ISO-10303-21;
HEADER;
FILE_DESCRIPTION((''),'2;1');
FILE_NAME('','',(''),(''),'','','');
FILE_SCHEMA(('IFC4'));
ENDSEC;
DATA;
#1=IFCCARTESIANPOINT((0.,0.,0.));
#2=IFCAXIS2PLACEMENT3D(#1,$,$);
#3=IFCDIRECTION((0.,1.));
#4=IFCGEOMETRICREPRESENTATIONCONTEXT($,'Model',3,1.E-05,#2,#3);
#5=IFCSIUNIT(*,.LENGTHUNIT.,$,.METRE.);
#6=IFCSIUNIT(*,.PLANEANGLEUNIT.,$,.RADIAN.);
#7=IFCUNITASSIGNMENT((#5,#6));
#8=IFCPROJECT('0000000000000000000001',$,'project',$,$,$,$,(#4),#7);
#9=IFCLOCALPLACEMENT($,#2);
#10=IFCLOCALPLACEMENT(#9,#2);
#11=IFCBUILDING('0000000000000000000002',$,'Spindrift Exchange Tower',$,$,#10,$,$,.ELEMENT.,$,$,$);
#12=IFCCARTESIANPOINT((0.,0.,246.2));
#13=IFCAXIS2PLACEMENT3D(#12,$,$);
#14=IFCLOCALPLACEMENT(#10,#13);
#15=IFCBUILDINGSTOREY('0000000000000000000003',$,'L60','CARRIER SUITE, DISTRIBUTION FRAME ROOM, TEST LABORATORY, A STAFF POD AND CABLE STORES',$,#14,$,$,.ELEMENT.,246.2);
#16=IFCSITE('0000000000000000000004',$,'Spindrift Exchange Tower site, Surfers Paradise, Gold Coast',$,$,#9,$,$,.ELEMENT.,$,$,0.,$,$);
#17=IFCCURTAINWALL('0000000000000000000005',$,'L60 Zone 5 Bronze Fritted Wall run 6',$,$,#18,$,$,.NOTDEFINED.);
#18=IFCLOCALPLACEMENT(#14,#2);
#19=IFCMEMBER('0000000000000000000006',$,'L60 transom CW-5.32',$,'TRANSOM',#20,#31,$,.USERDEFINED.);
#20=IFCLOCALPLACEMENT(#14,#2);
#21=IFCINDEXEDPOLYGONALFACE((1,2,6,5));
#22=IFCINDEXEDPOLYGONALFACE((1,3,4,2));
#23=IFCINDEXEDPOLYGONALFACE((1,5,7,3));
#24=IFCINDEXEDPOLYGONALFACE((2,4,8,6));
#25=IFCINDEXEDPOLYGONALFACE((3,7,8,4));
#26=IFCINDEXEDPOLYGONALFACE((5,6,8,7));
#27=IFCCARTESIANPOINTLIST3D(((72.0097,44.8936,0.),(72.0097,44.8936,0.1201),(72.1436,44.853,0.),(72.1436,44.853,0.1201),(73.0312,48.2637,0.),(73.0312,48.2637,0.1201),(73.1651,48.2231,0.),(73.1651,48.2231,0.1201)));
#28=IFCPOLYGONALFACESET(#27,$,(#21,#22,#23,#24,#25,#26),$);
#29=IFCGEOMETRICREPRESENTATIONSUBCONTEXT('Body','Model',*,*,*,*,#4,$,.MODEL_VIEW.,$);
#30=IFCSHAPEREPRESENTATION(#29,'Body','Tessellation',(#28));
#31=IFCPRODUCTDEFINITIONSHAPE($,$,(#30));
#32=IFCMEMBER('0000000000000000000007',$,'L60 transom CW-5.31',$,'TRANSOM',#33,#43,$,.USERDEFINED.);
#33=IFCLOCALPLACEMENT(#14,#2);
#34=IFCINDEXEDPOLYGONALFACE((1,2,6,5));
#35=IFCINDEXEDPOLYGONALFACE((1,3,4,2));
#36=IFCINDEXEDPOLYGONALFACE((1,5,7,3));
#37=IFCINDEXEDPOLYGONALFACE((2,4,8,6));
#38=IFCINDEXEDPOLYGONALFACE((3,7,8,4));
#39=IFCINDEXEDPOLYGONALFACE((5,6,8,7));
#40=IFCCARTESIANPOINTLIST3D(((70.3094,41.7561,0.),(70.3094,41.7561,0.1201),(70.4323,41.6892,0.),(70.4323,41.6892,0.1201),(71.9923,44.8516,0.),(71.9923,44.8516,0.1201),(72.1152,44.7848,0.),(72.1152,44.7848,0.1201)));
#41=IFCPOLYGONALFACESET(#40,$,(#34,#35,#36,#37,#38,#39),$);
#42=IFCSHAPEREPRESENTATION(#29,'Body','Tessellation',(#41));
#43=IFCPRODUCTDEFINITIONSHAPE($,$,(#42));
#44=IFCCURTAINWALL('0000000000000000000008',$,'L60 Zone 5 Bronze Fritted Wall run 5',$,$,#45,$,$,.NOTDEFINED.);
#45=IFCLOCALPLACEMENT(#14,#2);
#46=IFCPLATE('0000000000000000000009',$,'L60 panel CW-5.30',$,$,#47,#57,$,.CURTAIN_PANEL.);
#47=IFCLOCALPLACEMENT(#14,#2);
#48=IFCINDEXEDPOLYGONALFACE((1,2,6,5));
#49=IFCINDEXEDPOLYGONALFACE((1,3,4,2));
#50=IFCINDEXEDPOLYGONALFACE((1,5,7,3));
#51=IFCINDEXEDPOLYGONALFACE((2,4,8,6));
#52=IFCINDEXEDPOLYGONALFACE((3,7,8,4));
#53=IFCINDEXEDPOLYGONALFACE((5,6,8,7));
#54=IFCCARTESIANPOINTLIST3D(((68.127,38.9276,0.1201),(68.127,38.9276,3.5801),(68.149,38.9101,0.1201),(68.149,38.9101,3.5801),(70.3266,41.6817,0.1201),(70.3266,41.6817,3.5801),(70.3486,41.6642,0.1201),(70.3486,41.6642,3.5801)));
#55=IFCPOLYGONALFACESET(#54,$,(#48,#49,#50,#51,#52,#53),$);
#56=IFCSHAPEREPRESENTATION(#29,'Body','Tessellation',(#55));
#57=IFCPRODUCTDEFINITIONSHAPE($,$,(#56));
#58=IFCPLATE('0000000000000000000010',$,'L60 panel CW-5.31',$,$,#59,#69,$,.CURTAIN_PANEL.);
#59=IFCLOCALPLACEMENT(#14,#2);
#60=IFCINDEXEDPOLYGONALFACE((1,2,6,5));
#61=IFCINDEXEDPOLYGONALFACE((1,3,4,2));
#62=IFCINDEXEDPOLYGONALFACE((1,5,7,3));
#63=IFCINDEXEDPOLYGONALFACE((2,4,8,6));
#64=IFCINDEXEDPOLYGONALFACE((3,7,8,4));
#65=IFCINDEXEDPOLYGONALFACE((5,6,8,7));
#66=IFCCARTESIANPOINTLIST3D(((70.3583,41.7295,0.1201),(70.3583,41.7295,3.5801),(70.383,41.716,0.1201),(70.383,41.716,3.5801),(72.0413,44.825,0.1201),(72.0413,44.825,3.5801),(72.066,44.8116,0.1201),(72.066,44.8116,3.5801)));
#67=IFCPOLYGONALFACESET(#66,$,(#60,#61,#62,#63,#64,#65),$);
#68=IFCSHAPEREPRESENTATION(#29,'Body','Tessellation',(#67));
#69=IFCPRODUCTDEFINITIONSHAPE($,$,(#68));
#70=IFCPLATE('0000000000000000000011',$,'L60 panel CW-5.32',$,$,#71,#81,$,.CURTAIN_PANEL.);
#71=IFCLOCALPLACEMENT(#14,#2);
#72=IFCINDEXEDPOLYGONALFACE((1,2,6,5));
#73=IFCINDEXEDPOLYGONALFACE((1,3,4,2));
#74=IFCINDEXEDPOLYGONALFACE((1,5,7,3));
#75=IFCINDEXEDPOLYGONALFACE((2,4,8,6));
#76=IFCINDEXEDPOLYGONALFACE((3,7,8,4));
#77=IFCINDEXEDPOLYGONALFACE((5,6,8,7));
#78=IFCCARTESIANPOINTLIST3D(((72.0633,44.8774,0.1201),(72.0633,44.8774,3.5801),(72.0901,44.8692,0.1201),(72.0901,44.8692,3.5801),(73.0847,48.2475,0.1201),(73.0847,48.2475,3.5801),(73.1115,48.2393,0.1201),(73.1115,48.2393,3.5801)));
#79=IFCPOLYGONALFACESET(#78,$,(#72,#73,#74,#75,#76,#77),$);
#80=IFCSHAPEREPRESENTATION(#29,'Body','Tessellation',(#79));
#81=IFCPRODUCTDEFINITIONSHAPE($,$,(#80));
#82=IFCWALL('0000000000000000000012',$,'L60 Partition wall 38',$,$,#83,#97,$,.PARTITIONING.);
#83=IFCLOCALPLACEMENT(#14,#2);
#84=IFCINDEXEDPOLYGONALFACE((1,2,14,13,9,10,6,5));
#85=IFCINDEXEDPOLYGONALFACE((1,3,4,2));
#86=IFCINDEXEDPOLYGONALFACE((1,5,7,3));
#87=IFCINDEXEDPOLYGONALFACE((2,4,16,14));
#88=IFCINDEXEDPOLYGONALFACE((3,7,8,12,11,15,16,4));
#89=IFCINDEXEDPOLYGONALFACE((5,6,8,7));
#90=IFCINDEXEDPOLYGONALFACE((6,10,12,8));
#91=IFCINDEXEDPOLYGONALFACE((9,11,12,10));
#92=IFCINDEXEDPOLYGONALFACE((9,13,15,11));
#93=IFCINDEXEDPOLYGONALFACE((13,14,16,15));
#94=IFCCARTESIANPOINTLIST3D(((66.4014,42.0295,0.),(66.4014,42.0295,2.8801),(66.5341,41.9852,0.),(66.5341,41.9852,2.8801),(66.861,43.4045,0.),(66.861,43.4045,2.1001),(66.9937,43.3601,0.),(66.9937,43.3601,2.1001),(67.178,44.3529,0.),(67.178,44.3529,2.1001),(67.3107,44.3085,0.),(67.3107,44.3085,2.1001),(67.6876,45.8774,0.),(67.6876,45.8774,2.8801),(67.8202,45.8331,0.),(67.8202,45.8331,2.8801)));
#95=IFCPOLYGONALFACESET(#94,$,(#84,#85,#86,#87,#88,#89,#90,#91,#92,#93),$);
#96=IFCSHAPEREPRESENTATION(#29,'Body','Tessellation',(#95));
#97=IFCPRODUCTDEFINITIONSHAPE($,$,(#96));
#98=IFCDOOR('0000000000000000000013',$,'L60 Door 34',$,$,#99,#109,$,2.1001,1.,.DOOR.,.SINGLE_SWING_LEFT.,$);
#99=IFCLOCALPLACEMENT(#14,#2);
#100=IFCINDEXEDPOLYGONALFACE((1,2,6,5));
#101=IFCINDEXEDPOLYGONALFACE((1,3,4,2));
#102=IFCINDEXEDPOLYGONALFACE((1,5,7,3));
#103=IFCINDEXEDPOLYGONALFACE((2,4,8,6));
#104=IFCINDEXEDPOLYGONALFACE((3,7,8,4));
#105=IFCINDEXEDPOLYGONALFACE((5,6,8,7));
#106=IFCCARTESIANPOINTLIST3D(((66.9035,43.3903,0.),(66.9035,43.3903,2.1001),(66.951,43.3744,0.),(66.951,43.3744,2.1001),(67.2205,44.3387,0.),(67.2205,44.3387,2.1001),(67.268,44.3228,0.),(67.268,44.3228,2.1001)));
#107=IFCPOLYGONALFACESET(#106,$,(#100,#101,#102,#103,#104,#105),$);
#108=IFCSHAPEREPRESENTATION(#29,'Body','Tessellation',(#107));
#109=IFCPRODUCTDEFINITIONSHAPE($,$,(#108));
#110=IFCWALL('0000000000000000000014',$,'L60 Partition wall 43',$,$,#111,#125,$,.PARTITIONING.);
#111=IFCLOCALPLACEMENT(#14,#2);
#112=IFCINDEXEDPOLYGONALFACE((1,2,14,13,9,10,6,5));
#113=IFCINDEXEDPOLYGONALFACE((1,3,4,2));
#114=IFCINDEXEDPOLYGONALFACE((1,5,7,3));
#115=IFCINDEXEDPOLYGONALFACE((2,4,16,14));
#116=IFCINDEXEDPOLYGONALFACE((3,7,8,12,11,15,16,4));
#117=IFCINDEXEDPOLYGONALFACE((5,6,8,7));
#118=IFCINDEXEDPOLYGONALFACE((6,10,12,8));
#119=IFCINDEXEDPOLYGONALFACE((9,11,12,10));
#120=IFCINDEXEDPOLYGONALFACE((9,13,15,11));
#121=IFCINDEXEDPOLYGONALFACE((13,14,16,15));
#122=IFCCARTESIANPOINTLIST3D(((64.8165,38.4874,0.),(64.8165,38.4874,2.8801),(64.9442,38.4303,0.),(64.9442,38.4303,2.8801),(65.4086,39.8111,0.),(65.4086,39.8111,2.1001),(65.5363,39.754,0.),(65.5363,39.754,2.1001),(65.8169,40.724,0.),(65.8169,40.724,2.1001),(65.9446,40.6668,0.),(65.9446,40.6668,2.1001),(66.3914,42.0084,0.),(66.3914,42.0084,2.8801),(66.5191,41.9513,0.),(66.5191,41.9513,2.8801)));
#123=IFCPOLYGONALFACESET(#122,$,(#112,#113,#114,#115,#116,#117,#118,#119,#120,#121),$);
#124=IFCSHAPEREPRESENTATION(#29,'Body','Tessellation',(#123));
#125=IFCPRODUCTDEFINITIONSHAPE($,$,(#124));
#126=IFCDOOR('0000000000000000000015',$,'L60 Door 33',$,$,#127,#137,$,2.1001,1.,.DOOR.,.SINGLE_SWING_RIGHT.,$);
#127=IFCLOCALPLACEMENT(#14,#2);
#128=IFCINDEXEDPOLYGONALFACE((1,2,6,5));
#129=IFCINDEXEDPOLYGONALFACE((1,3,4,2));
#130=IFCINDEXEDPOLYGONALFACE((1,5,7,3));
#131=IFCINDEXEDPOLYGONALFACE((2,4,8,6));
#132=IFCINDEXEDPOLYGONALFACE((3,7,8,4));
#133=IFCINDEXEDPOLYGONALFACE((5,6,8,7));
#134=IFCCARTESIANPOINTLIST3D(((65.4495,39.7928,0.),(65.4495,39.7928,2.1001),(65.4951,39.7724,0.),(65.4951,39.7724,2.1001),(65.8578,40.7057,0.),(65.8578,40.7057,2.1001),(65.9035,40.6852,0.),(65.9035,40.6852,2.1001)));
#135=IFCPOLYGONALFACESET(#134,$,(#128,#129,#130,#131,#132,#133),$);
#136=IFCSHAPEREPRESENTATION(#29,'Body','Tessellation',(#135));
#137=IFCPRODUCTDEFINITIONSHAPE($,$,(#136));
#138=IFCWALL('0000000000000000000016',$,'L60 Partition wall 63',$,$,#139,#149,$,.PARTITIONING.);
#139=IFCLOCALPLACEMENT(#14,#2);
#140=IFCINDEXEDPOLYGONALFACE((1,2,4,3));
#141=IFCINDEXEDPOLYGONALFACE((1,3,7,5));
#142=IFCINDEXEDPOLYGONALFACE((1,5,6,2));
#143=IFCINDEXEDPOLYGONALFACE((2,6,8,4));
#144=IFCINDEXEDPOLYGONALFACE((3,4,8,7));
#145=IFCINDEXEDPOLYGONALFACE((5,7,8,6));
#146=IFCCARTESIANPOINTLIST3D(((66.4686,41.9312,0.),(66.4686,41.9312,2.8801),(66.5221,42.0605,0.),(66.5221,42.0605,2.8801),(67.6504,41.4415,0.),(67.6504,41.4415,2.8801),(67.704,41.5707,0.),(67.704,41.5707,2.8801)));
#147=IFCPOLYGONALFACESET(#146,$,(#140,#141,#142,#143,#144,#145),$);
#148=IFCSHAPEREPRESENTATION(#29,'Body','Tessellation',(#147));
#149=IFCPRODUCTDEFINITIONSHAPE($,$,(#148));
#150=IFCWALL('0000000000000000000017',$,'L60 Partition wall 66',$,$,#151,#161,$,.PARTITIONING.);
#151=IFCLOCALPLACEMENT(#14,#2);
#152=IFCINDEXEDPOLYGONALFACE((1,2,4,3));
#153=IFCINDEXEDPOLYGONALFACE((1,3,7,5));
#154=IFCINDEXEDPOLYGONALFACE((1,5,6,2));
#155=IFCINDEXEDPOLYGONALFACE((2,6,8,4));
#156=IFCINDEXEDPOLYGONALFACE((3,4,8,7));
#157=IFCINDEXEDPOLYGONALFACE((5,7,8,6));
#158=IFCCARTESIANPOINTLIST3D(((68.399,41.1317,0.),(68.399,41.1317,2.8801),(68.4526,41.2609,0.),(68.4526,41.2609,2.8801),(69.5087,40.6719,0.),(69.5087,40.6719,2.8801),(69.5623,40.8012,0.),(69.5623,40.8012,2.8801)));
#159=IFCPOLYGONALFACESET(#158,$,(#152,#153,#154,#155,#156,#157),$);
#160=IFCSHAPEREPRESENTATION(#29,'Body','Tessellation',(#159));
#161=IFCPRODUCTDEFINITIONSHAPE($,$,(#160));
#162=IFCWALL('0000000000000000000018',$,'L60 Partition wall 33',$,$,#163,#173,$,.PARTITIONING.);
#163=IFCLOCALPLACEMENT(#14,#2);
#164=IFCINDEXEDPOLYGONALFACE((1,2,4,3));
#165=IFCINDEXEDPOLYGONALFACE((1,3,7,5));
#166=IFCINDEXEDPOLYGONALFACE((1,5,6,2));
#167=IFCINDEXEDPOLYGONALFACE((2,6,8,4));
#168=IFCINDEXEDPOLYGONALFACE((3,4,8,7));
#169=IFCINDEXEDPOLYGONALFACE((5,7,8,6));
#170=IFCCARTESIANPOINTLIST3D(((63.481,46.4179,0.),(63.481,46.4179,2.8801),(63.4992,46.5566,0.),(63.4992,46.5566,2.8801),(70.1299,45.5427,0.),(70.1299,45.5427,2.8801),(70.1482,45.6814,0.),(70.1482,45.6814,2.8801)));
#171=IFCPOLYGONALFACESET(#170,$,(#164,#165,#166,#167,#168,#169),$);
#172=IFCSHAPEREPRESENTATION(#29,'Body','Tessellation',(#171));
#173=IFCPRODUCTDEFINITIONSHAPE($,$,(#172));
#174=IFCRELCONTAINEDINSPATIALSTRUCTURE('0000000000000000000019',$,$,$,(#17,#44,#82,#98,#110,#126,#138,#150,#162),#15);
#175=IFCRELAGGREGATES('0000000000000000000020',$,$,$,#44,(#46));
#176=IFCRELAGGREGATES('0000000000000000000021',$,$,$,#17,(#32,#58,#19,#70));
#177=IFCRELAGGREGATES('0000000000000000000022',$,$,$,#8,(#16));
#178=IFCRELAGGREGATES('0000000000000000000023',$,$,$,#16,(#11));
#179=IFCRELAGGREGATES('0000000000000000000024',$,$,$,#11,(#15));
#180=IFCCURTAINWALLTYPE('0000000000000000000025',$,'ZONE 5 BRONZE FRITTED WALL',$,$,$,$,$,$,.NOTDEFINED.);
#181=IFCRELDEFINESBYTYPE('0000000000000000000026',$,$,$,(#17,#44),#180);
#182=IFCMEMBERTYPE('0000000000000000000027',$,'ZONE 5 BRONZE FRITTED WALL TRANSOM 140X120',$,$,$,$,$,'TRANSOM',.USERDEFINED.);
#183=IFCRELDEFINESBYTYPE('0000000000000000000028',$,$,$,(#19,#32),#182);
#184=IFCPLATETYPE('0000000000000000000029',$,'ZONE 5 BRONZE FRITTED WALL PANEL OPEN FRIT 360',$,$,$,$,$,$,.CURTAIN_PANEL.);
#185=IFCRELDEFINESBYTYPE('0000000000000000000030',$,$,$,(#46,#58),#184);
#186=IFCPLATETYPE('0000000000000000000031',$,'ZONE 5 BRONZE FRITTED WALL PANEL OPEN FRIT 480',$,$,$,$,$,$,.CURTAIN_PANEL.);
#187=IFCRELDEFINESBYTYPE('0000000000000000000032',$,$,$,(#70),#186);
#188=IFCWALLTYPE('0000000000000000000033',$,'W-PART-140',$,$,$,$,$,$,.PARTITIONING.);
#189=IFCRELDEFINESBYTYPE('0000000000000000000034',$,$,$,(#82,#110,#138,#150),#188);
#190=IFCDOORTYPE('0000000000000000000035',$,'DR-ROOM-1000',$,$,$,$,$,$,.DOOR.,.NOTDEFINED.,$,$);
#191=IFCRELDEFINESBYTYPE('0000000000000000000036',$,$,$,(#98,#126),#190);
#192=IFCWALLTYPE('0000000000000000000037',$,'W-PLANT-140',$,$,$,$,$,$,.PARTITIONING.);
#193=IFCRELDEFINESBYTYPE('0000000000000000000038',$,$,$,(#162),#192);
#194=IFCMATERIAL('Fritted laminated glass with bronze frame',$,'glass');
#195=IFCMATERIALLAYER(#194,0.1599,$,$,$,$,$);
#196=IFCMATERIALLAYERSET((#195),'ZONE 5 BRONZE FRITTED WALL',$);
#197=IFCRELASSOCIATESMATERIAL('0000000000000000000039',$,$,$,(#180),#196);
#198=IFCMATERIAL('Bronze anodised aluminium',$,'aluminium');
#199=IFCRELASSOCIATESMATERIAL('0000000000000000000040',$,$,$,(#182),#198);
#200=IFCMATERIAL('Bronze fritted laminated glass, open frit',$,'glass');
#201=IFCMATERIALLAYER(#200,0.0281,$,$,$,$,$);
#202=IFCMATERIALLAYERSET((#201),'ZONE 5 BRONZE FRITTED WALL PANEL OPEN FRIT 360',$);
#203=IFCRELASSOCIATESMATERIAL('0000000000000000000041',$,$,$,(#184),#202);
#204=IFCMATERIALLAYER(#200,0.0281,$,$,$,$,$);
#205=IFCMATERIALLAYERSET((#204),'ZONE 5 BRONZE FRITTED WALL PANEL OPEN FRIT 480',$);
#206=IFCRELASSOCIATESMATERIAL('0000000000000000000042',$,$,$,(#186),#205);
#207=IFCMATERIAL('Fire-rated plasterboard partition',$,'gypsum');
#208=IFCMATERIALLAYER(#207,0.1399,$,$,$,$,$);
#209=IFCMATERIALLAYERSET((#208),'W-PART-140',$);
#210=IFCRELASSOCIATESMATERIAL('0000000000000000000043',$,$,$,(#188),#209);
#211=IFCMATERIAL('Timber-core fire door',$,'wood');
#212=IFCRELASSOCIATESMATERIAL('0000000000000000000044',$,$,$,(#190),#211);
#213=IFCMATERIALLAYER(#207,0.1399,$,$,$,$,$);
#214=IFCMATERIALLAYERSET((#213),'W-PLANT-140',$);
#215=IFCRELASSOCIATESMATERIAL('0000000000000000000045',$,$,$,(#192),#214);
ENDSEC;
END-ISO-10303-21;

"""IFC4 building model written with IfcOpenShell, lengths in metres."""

from ifc_helpers import new_model, si_unit, direction, frame, frame_2d, origin, origin_2d, place, context, subcontext, project, spatial, rectangle, extrude, source, transform, mapped, material, layer, layer_set, material_profile, profile_set, type_object, element, fill, aggregate, save


model = new_model("IFC4")

# Units and contexts
model_context = context("Model", 3, precision=1e-05, world=origin(), true_north=direction((0.0, 1.0)))
body_context = subcontext(model_context, "Body", "Model", "MODEL_VIEW")
ifc_project = project(units=[si_unit("LENGTHUNIT", "METRE"), si_unit("PLANEANGLEUNIT", "RADIAN")], contexts=[model_context])

# Site, building, storey
site_placement = place(None, origin())
site = spatial("IfcSite", under=ifc_project, at=site_placement, Name="Spindrift Exchange Tower site, Surfers Paradise, Gold Coast", CompositionType="ELEMENT", RefElevation=0.0)
building_placement = place(site_placement, origin())
building = spatial("IfcBuilding", under=site, at=building_placement, Name="Spindrift Exchange Tower", CompositionType="ELEMENT")
storey_placement = place(building_placement, frame((0.0, 0.0, 246.2)))
storey = spatial("IfcBuildingStorey", under=building, at=storey_placement, Name="L60", Description="CARRIER SUITE, DISTRIBUTION FRAME ROOM, TEST LABORATORY, A STAFF POD AND CABLE STORES", CompositionType="ELEMENT", Elevation=246.2)

# Curtain wall, members
ifc_material_1 = material(Name="Fritted laminated glass with bronze frame", Category="glass")
ifc_layer_1 = layer(ifc_material_1, 0.1599)
ifc_layer_set_1 = layer_set([ifc_layer_1], Name="ZONE 5 BRONZE FRITTED WALL")
curtain_wall_type = type_object("IfcCurtainWallType", Name="ZONE 5 BRONZE FRITTED WALL", PredefinedType="NOTDEFINED", material=ifc_layer_set_1)
curtain_wall_1_placement = place(storey_placement, origin())
curtain_wall_1 = element("IfcCurtainWall", 1, at=curtain_wall_1_placement, inside=storey, type_object=curtain_wall_type, Name="L60 Zone 5 Bronze Fritted Wall run 6", PredefinedType="NOTDEFINED")
ifc_material_2 = material(Name="Bronze anodised aluminium", Category="aluminium")
ifc_material_profile_1 = material_profile(ifc_material_2, rectangle(XDim=0.1399, YDim=0.1201, at=origin_2d()), Name="ZONE 5 BRONZE FRITTED WALL TRANSOM 140X120")
ifc_profile_set_1 = profile_set([ifc_material_profile_1], Name="Bronze anodised aluminium")
member_type_1 = type_object("IfcMemberType", Name="ZONE 5 BRONZE FRITTED WALL TRANSOM 140X120", ElementType="TRANSOM", PredefinedType="USERDEFINED", material=ifc_profile_set_1)
shared_shape_1 = source(origin(), body_context, "Body", "SweptSolid", [
    extrude(rectangle(XDim=0.1399, YDim=0.1201, at=origin_2d()), origin(), (0.0, 0.0, 1.0), 3.5215),
])
member_1_placement = place(storey_placement, frame((72.0767, 44.8733, 0.0601), z_axis=(0.290069, 0.957006, 0.0), x_axis=(-0.957006, 0.290069, 0.0)))
member_1 = element("IfcMember", 2, at=member_1_placement, type_object=member_type_1, Name="L60 transom CW-5.32", ObjectType="TRANSOM", PredefinedType="USERDEFINED", context=body_context, shape_type="MappedRepresentation", body=[
    mapped(shared_shape_1, transform((0.0, 0.0, 0.0), scale=1.0)),
])
shared_shape_2 = source(origin(), body_context, "Body", "SweptSolid", [
    extrude(rectangle(XDim=0.1399, YDim=0.1201, at=origin_2d()), origin(), (0.0, 0.0, 1.0), 3.5234),
])
member_2_placement = place(storey_placement, frame((70.3708, 41.7227, 0.0601), z_axis=(0.477633, 0.878559, 0.0), x_axis=(-0.878559, 0.477633, 0.0)))
member_2 = element("IfcMember", 3, at=member_2_placement, type_object=member_type_1, Name="L60 transom CW-5.31", ObjectType="TRANSOM", PredefinedType="USERDEFINED", context=body_context, shape_type="MappedRepresentation", body=[
    mapped(shared_shape_2, transform((0.0, 0.0, 0.0), scale=1.0)),
])

# Curtain wall, plate
curtain_wall_2_placement = place(storey_placement, origin())
curtain_wall_2 = element("IfcCurtainWall", 4, at=curtain_wall_2_placement, inside=storey, type_object=curtain_wall_type, Name="L60 Zone 5 Bronze Fritted Wall run 5", PredefinedType="NOTDEFINED")
ifc_material_3 = material(Name="Bronze fritted laminated glass, open frit", Category="glass")
ifc_layer_2 = layer(ifc_material_3, 0.0281)
ifc_layer_set_2 = layer_set([ifc_layer_2], Name="ZONE 5 BRONZE FRITTED WALL PANEL OPEN FRIT 360")
plate_type_1 = type_object("IfcPlateType", Name="ZONE 5 BRONZE FRITTED WALL PANEL OPEN FRIT 360", PredefinedType="CURTAIN_PANEL", material=ifc_layer_set_2)
shared_shape_3 = source(origin(), body_context, "Body", "SweptSolid", [
    extrude(rectangle(XDim=3.5247, YDim=0.0281, at=origin_2d()), origin(), (0.0, 0.0, 1.0), 3.46),
])
plate_1_placement = place(storey_placement, frame((69.2378, 40.2959, 0.1201), z_axis=(0.0, 0.0, 1.0), x_axis=(0.624065, 0.781372, 0.0)))
plate_1 = element("IfcPlate", 5, at=plate_1_placement, type_object=plate_type_1, Name="L60 panel CW-5.30", PredefinedType="CURTAIN_PANEL", context=body_context, shape_type="MappedRepresentation", body=[
    mapped(shared_shape_3, transform((0.0, 0.0, 0.0), scale=1.0)),
])
aggregate(curtain_wall_2, [plate_1])

# Plates
shared_shape_4 = source(origin(), body_context, "Body", "SweptSolid", [
    extrude(rectangle(XDim=3.5234, YDim=0.0281, at=origin_2d()), origin(), (0.0, 0.0, 1.0), 3.46),
])
plate_2_placement = place(storey_placement, frame((71.2122, 43.2705, 0.1201), z_axis=(0.0, 0.0, 1.0), x_axis=(0.477648, 0.878551, 0.0)))
plate_2 = element("IfcPlate", 6, at=plate_2_placement, type_object=plate_type_1, Name="L60 panel CW-5.31", PredefinedType="CURTAIN_PANEL", context=body_context, shape_type="MappedRepresentation", body=[
    mapped(shared_shape_4, transform((0.0, 0.0, 0.0), scale=1.0)),
])
ifc_layer_3 = layer(ifc_material_3, 0.0281)
ifc_layer_set_3 = layer_set([ifc_layer_3], Name="ZONE 5 BRONZE FRITTED WALL PANEL OPEN FRIT 480")
plate_type_2 = type_object("IfcPlateType", Name="ZONE 5 BRONZE FRITTED WALL PANEL OPEN FRIT 480", PredefinedType="CURTAIN_PANEL", material=ifc_layer_set_3)
shared_shape_5 = source(origin(), body_context, "Body", "SweptSolid", [
    extrude(rectangle(XDim=3.5215, YDim=0.0281, at=origin_2d()), origin(), (0.0, 0.0, 1.0), 3.46),
])
plate_3_placement = place(storey_placement, frame((72.5874, 46.5583, 0.1201), z_axis=(0.0, 0.0, 1.0), x_axis=(0.290041, 0.957014, 0.0)))
plate_3 = element("IfcPlate", 7, at=plate_3_placement, type_object=plate_type_2, Name="L60 panel CW-5.32", PredefinedType="CURTAIN_PANEL", context=body_context, shape_type="MappedRepresentation", body=[
    mapped(shared_shape_5, transform((0.0, 0.0, 0.0), scale=1.0)),
])
aggregate(curtain_wall_1, [member_2, plate_2, member_1, plate_3])

# Walls, openings, doors
ifc_material_4 = material(Name="Fire-rated plasterboard partition", Category="gypsum")
ifc_layer_4 = layer(ifc_material_4, 0.1399)
ifc_layer_set_4 = layer_set([ifc_layer_4], Name="W-PART-140")
wall_type_1 = type_object("IfcWallType", Name="W-PART-140", PredefinedType="PARTITIONING", material=ifc_layer_set_4)
wall_1_placement = place(storey_placement, frame((67.7539, 45.8552, 0.0), z_axis=(0.0, 0.0, 1.0), x_axis=(-0.317004, -0.948424, 0.0)))
wall_1 = element("IfcWall", 8, at=wall_1_placement, inside=storey, type_object=wall_type_1, Name="L60 Partition wall 38", PredefinedType="PARTITIONING", context=body_context, shape_type="SweptSolid", body=[
    extrude(rectangle(XDim=4.0571, YDim=0.1399, at=frame_2d((2.0286, 0.0))), origin(), (0.0, 0.0, 1.0), 2.8801),
])
opening_1_placement = place(wall_1_placement, frame((1.6074, 0.0, 0.0)))
opening_1 = element("IfcOpeningElement", 9, at=opening_1_placement, cuts=wall_1, PredefinedType="OPENING", context=body_context, shape_type="SweptSolid", body=[
    extrude(rectangle(XDim=1.0, YDim=2.1001, at=frame_2d((0.5, 1.05))), frame((0.0, 0.0798, 0.0), z_axis=(0.0, -1.0, 0.0), x_axis=(1.0, 0.0, 0.0)), (0.0, 0.0, 1.0), 0.1599),
])
ifc_material_5 = material(Name="Timber-core fire door", Category="wood")
door_type = type_object("IfcDoorType", Name="DR-ROOM-1000", OperationType="NOTDEFINED", PredefinedType="DOOR", material=ifc_material_5)
shared_shape_6 = source(origin(), body_context, "Body", "SweptSolid", [
    extrude(rectangle(XDim=1.0, YDim=2.1001, at=frame_2d((0.5, 1.05))), frame((0.0, 0.0249, 0.0), z_axis=(0.0, -1.0, 0.0), x_axis=(1.0, 0.0, 0.0)), (0.0, 0.0, 1.0), 0.05),
])
door_1_placement = place(opening_1_placement, origin())
door_1 = element("IfcDoor", 10, at=door_1_placement, inside=storey, type_object=door_type, Name="L60 Door 34", OperationType="SINGLE_SWING_LEFT", OverallHeight=2.1001, OverallWidth=1.0, PredefinedType="DOOR", context=body_context, shape_type="MappedRepresentation", body=[
    mapped(shared_shape_6, transform((0.0, 0.0, 0.0), scale=1.0)),
])
fill(opening_1, door_1)
wall_2_placement = place(storey_placement, frame((66.4553, 41.98, 0.0), z_axis=(0.0, 0.0, 1.0), x_axis=(-0.408316, -0.912841, 0.0)))
wall_2 = element("IfcWall", 11, at=wall_2_placement, inside=storey, type_object=wall_type_1, Name="L60 Partition wall 43", PredefinedType="PARTITIONING", context=body_context, shape_type="SweptSolid", body=[
    extrude(rectangle(XDim=3.8572, YDim=0.1399, at=frame_2d((1.9287, 0.0))), origin(), (0.0, 0.0, 1.0), 2.8801),
])
opening_2_placement = place(wall_2_placement, frame((1.4072, 0.0, 0.0)))
opening_2 = element("IfcOpeningElement", 12, at=opening_2_placement, cuts=wall_2, PredefinedType="OPENING", context=body_context, shape_type="SweptSolid", body=[
    extrude(rectangle(XDim=1.0, YDim=2.1001, at=frame_2d((0.5, 1.05))), frame((0.0, 0.0798, 0.0), z_axis=(0.0, -1.0, 0.0), x_axis=(1.0, 0.0, 0.0)), (0.0, 0.0, 1.0), 0.1599),
])
door_2_placement = place(opening_2_placement, origin())
door_2 = element("IfcDoor", 13, at=door_2_placement, inside=storey, type_object=door_type, Name="L60 Door 33", OperationType="SINGLE_SWING_RIGHT", OverallHeight=2.1001, OverallWidth=1.0, PredefinedType="DOOR", context=body_context, shape_type="MappedRepresentation", body=[
    mapped(shared_shape_6, transform((0.0, 0.0, 0.0), scale=1.0)),
])
fill(opening_2, door_2)

# Walls
wall_3_placement = place(storey_placement, frame((66.4954, 41.9958, 0.0), z_axis=(0.0, 0.0, 1.0), x_axis=(0.923826, -0.382812, 0.0)))
element("IfcWall", 14, at=wall_3_placement, inside=storey, type_object=wall_type_1, Name="L60 Partition wall 63", PredefinedType="PARTITIONING", context=body_context, shape_type="SweptSolid", body=[
    extrude(rectangle(XDim=1.2793, YDim=0.1399, at=frame_2d((0.6396, 0.0))), origin(), (0.0, 0.0, 1.0), 2.8801),
])
wall_4_placement = place(storey_placement, frame((68.4258, 41.1963, 0.0), z_axis=(0.0, 0.0, 1.0), x_axis=(0.923851, -0.382753, 0.0)))
element("IfcWall", 15, at=wall_4_placement, inside=storey, type_object=wall_type_1, Name="L60 Partition wall 66", PredefinedType="PARTITIONING", context=body_context, shape_type="SweptSolid", body=[
    extrude(rectangle(XDim=1.2012, YDim=0.1399, at=frame_2d((0.6006, 0.0))), origin(), (0.0, 0.0, 1.0), 2.8801),
])
ifc_layer_5 = layer(ifc_material_4, 0.1399)
ifc_layer_set_5 = layer_set([ifc_layer_5], Name="W-PLANT-140")
wall_type_2 = type_object("IfcWallType", Name="W-PLANT-140", PredefinedType="PARTITIONING", material=ifc_layer_set_5)
wall_5_placement = place(storey_placement, frame((70.1389, 45.6121, 0.0), z_axis=(0.0, 0.0, 1.0), x_axis=(-0.991447, 0.130511, 0.0)))
element("IfcWall", 16, at=wall_5_placement, inside=storey, type_object=wall_type_2, Name="L60 Partition wall 33", PredefinedType="PARTITIONING", context=body_context, shape_type="SweptSolid", body=[
    extrude(rectangle(XDim=6.7063, YDim=0.1399, at=frame_2d((3.353, 0.0))), origin(), (0.0, 0.0, 1.0), 2.8801),
])

save(model, "model.ifc")
